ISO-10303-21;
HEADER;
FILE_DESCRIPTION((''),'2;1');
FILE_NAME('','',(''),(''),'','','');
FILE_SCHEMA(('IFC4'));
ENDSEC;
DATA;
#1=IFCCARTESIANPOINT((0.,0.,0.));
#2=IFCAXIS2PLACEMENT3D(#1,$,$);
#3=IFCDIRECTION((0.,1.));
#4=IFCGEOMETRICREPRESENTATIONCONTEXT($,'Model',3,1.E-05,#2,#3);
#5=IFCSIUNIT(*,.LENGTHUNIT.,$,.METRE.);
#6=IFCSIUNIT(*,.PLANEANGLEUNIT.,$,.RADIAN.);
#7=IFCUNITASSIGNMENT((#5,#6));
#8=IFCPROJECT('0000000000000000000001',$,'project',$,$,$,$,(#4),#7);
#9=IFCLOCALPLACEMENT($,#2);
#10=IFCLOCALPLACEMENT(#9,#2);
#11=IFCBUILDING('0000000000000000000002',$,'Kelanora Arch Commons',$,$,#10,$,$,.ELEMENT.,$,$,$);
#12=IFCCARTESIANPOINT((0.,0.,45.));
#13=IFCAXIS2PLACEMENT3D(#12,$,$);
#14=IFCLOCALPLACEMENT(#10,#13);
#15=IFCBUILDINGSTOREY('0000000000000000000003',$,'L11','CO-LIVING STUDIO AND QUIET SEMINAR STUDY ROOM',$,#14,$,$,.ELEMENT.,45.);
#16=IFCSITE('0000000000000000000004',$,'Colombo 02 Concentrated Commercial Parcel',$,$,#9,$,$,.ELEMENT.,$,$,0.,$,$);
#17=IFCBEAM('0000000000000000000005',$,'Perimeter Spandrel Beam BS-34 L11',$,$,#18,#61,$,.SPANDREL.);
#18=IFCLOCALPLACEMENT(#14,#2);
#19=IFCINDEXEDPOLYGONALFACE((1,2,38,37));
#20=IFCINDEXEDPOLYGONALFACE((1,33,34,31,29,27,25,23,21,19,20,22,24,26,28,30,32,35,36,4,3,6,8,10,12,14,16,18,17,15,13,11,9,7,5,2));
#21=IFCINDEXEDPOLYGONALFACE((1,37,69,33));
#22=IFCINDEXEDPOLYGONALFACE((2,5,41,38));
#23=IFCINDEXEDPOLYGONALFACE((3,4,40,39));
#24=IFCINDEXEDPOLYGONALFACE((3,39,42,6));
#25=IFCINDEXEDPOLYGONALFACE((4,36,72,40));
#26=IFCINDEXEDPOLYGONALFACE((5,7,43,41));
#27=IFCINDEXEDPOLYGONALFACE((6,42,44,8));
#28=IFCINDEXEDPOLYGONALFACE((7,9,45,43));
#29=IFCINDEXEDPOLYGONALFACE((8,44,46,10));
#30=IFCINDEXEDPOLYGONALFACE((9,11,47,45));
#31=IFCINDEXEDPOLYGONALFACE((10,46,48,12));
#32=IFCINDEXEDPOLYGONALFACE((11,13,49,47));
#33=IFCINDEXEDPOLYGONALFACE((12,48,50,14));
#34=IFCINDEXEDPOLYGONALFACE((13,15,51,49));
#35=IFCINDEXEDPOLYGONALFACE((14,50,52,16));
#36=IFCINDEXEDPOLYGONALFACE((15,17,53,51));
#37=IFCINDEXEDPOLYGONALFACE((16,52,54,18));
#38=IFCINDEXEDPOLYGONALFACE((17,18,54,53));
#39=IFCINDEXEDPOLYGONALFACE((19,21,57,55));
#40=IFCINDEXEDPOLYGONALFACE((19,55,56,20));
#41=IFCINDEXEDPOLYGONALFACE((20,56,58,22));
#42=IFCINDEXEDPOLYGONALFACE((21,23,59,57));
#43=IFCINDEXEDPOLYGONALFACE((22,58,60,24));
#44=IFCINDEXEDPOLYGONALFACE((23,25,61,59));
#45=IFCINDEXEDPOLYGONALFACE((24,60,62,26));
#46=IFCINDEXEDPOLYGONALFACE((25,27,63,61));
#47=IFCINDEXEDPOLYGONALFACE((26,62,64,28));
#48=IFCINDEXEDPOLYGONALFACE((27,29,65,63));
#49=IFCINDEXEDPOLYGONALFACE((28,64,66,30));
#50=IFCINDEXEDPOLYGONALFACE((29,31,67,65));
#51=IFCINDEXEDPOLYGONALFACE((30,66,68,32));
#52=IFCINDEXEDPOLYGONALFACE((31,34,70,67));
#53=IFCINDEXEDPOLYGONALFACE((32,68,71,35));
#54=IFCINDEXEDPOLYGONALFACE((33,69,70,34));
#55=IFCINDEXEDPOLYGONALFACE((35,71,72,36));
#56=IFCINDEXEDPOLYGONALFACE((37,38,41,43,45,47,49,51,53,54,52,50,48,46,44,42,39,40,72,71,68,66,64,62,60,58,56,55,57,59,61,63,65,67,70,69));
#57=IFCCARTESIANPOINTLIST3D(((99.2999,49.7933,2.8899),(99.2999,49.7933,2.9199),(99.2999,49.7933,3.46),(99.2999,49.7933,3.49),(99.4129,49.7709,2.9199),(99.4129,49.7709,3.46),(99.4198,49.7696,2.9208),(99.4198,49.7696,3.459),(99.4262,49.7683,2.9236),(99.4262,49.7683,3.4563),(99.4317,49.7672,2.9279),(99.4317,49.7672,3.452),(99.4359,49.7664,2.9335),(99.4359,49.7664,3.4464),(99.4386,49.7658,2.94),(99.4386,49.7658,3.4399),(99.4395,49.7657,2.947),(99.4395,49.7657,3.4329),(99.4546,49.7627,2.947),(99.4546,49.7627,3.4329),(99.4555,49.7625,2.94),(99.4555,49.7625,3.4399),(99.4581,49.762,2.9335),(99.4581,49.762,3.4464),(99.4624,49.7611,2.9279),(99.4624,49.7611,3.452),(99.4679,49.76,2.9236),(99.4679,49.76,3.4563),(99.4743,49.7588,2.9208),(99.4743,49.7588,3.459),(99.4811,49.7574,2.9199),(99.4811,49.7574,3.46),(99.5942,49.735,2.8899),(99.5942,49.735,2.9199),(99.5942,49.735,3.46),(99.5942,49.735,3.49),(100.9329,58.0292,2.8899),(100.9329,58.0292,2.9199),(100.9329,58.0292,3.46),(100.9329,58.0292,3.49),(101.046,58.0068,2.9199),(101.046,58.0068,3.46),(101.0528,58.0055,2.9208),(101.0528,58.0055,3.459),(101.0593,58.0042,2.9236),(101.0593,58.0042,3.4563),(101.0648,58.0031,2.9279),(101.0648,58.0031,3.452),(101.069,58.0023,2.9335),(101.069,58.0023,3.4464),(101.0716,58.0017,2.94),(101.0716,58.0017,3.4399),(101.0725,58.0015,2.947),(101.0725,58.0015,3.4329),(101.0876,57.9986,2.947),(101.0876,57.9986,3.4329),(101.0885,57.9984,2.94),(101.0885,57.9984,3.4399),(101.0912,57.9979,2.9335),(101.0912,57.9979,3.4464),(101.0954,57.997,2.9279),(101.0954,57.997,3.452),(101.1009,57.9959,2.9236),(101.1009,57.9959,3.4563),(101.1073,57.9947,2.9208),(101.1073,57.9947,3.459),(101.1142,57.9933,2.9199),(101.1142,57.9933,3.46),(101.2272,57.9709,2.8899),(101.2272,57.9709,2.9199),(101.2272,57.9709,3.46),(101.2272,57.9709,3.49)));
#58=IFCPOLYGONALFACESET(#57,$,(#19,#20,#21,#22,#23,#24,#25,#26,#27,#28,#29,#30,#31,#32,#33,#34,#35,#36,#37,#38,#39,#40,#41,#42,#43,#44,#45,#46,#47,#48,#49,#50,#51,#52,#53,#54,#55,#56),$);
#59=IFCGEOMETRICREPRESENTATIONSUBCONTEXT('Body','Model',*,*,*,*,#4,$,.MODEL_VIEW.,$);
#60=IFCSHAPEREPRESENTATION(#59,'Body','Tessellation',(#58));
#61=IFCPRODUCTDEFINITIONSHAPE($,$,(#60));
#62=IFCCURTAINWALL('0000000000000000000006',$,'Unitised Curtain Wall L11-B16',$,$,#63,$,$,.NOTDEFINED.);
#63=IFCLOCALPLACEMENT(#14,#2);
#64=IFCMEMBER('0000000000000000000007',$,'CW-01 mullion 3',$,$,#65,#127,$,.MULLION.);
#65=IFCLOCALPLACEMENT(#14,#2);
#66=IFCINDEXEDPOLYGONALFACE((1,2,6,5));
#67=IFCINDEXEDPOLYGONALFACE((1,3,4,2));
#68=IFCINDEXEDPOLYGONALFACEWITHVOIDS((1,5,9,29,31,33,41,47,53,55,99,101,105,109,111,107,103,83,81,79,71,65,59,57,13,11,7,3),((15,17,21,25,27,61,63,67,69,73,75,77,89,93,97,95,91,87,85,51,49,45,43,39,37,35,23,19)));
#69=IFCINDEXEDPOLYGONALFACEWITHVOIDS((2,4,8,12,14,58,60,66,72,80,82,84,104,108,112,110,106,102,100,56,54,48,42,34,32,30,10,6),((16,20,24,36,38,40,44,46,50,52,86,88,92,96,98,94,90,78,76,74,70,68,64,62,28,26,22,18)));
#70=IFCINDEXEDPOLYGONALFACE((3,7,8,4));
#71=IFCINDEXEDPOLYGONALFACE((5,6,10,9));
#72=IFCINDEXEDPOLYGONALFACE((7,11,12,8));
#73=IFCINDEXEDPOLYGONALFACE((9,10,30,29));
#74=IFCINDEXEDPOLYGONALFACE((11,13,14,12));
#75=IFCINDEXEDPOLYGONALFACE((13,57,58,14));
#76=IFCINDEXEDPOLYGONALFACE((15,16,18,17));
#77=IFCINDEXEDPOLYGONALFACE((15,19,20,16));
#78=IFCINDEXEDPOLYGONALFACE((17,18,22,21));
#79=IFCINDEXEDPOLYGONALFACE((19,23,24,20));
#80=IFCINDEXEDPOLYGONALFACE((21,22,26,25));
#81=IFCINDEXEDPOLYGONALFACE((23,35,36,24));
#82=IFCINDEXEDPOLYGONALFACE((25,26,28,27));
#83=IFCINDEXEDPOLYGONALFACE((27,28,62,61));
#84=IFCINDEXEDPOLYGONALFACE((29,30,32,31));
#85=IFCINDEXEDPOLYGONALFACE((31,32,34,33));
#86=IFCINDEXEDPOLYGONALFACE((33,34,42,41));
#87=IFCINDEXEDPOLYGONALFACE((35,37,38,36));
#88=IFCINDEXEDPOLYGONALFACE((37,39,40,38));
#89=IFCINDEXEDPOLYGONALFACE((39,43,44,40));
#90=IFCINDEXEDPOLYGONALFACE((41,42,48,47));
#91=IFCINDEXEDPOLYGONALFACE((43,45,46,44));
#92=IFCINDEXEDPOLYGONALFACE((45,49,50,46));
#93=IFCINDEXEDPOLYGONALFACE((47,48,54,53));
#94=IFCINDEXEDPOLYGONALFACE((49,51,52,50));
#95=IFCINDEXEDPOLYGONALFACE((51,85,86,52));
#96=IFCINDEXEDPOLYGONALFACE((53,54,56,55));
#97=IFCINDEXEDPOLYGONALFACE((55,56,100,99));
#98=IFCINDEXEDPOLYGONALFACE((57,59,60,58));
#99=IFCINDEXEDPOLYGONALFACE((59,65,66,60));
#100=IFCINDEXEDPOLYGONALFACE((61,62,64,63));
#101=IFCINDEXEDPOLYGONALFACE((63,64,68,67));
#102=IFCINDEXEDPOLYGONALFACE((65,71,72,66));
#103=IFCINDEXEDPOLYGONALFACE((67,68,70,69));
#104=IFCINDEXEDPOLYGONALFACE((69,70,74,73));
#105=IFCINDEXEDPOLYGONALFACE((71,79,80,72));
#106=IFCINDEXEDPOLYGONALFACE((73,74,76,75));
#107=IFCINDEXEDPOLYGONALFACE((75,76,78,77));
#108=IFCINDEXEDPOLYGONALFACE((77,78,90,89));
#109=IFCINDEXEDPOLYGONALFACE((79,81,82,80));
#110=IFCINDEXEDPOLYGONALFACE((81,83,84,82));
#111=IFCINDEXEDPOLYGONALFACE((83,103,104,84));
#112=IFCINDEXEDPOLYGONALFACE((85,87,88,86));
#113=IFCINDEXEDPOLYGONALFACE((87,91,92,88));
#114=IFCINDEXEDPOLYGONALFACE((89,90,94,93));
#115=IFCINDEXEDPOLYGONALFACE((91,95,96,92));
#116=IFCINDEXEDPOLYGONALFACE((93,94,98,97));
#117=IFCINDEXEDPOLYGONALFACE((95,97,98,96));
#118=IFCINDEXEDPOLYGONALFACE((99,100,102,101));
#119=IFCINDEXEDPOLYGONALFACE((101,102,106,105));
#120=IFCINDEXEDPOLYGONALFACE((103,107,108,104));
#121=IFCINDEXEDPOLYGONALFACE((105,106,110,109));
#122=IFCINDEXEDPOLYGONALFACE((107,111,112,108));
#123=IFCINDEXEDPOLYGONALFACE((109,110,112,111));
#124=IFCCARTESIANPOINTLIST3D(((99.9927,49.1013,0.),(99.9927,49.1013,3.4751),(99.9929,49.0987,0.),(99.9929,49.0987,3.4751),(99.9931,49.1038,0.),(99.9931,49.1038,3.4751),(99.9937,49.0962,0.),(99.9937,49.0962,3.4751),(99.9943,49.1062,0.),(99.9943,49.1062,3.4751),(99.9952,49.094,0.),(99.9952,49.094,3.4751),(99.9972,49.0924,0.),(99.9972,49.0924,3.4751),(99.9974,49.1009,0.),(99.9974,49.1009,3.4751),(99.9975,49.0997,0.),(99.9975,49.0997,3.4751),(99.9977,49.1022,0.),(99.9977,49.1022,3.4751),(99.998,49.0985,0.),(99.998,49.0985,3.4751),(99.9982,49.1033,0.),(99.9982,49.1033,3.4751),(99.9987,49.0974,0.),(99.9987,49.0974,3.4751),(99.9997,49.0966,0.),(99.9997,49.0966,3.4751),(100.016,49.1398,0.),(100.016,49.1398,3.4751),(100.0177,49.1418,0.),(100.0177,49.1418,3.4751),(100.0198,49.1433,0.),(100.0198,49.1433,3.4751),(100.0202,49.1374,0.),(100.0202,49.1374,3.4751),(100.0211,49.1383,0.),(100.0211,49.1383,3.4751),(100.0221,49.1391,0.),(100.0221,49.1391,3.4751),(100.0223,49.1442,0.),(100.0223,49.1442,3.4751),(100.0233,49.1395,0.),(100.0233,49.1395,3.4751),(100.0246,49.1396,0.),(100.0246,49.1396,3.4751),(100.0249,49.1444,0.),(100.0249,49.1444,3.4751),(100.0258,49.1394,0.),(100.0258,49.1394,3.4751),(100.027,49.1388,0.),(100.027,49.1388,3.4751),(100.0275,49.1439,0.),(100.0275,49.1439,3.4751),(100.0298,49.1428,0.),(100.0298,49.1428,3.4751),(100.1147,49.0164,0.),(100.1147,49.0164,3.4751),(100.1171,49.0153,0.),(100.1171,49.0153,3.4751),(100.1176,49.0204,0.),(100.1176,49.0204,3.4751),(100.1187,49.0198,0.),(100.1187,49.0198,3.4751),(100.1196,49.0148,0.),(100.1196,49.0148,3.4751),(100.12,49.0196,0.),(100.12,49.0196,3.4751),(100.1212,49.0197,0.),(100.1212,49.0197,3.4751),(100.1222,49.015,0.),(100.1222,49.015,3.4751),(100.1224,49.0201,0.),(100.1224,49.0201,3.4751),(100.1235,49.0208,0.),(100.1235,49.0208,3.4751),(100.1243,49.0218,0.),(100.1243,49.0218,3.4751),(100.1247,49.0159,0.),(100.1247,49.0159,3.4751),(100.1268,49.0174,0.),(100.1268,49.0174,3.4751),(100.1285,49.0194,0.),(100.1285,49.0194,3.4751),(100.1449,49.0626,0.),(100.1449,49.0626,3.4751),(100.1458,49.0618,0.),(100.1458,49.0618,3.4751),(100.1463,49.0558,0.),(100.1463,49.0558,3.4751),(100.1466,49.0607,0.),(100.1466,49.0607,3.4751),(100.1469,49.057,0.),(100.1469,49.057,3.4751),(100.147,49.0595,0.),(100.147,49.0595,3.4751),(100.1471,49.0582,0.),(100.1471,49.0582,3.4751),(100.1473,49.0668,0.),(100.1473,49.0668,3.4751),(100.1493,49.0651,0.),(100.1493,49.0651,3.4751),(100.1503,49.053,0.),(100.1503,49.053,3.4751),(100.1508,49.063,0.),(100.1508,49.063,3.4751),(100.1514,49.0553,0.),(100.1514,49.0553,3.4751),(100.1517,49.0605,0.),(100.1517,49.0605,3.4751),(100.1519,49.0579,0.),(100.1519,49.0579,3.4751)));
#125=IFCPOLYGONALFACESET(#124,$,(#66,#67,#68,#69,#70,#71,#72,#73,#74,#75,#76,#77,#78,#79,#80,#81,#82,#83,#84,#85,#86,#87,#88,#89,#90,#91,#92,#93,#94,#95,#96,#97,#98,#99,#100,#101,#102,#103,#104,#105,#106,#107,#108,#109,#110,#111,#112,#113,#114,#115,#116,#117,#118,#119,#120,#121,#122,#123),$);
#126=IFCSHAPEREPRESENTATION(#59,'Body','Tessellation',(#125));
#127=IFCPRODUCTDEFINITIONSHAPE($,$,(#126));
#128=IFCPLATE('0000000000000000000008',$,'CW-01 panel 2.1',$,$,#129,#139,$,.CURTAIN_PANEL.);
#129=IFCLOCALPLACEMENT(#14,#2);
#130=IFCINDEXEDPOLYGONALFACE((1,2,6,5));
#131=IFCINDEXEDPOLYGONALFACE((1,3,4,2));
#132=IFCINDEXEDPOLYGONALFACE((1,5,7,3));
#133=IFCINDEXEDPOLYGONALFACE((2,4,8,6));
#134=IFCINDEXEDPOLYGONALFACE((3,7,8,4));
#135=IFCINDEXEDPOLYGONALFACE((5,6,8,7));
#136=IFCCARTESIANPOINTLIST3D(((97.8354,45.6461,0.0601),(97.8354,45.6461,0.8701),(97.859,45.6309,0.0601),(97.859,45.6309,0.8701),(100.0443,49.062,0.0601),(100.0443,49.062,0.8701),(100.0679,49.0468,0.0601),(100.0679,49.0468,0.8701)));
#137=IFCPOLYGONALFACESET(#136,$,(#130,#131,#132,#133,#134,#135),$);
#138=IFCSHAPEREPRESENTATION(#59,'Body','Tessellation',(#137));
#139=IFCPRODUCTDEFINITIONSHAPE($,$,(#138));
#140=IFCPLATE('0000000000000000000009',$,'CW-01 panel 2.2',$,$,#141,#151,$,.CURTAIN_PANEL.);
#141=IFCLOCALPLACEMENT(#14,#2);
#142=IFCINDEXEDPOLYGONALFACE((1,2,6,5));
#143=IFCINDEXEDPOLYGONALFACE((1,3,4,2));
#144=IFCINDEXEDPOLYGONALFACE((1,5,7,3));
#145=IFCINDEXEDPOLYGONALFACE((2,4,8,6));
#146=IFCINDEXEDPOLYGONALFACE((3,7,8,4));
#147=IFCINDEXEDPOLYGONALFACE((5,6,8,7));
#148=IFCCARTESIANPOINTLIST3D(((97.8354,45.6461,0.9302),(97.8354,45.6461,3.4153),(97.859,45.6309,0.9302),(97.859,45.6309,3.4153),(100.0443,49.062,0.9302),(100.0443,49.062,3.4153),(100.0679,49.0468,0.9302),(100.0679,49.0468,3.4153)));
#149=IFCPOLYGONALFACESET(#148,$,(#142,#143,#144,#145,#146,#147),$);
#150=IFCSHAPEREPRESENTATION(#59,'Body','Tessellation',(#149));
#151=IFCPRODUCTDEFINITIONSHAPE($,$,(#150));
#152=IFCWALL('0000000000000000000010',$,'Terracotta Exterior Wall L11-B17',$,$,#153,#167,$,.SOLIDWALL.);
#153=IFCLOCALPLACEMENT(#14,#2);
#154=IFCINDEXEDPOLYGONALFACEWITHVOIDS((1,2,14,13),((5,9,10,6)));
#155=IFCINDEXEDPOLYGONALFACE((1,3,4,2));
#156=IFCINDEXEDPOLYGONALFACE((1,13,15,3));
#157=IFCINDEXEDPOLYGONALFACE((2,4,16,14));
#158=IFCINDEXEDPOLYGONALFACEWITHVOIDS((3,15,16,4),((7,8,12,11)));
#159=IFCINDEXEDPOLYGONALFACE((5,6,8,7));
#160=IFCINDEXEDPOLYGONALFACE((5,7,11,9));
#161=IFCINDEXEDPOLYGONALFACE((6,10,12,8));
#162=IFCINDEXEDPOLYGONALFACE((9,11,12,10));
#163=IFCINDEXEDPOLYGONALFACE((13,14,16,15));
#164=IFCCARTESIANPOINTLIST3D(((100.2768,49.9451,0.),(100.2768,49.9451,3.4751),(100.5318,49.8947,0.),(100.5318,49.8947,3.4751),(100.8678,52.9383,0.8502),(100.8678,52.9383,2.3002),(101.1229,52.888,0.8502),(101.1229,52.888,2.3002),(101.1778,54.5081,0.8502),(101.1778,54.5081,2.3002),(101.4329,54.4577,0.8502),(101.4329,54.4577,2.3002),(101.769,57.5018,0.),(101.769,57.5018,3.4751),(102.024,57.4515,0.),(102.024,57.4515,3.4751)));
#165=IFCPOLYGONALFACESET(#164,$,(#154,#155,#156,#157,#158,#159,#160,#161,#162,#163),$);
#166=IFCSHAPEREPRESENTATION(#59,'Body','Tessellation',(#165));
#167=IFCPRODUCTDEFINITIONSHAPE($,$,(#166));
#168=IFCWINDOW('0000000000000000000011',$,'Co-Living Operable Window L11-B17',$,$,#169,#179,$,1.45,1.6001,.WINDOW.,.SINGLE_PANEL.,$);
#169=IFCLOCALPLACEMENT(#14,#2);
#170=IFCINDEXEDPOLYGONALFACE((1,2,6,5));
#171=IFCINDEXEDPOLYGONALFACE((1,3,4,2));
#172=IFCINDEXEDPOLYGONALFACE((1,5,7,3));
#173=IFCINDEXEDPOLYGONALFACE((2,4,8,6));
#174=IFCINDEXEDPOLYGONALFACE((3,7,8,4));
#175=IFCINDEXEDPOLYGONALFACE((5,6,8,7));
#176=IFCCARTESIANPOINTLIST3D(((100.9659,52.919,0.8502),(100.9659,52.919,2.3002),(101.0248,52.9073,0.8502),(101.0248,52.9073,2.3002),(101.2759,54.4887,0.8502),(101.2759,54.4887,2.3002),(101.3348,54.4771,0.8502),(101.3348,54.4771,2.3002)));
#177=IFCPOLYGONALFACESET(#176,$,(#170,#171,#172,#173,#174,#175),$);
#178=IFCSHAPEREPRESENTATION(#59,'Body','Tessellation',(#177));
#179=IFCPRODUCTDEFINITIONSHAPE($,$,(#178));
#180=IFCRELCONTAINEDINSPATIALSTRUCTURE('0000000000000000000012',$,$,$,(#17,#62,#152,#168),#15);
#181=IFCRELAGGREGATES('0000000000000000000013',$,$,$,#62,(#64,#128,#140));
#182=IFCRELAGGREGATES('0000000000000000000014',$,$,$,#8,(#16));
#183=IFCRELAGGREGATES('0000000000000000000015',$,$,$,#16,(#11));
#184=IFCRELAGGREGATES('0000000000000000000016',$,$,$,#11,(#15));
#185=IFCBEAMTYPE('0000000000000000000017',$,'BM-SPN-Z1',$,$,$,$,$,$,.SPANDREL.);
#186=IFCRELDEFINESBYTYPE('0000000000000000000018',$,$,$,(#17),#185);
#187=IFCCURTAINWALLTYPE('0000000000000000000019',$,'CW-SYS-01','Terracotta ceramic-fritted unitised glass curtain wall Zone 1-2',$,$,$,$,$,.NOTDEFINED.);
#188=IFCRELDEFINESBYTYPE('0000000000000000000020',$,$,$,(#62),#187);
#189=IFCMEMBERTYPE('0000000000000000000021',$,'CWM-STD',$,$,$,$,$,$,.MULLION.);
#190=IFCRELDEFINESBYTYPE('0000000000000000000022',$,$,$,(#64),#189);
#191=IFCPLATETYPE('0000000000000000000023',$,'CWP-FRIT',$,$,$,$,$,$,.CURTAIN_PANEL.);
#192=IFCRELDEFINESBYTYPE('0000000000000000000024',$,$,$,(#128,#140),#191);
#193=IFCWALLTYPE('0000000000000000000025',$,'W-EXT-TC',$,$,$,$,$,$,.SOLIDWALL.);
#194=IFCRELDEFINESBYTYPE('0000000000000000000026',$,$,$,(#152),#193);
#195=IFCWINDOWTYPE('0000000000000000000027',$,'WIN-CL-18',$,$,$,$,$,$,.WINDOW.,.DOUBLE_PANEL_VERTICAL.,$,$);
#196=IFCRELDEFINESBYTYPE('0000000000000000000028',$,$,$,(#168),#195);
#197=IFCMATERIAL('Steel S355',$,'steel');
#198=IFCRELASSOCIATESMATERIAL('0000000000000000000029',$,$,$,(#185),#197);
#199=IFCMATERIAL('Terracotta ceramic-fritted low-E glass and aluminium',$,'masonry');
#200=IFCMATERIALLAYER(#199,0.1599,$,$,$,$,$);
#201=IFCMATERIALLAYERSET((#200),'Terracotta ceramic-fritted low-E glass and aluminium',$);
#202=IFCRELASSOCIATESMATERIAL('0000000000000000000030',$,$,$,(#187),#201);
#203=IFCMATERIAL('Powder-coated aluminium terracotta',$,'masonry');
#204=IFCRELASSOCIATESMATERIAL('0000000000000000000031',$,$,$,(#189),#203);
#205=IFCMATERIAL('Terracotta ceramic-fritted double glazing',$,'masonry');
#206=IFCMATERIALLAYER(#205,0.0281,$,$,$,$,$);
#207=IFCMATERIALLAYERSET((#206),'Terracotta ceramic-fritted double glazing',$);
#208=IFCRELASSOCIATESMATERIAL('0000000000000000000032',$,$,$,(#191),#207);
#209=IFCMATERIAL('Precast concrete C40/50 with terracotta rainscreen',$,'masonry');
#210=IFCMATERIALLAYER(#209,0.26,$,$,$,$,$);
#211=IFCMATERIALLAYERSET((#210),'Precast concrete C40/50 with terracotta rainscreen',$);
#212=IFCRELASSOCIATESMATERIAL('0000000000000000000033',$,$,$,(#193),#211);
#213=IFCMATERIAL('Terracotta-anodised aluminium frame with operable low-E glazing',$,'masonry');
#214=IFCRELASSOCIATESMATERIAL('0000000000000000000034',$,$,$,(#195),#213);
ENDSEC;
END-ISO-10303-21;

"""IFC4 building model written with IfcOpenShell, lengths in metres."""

from ifc_helpers import new_model, si_unit, direction, frame, frame_2d, origin, origin_2d, place, context, subcontext, project, spatial, rectangle, hollow_rectangle, i_section, extrude, source, transform, mapped, material, layer, layer_set, material_profile, profile_set, type_object, element, fill, aggregate, save


model = new_model("IFC4")

# Units and contexts
model_context = context("Model", 3, precision=1e-05, world=origin(), true_north=direction((0.0, 1.0)))
body_context = subcontext(model_context, "Body", "Model", "MODEL_VIEW")
ifc_project = project(units=[si_unit("LENGTHUNIT", "METRE"), si_unit("PLANEANGLEUNIT", "RADIAN")], contexts=[model_context])

# Site, building, storey
site_placement = place(None, origin())
site = spatial("IfcSite", under=ifc_project, at=site_placement, Name="Colombo 02 Concentrated Commercial Parcel", CompositionType="ELEMENT", RefElevation=0.0)
building_placement = place(site_placement, origin())
building = spatial("IfcBuilding", under=site, at=building_placement, Name="Kelanora Arch Commons", CompositionType="ELEMENT")
storey_placement = place(building_placement, frame((0.0, 0.0, 45.0)))
storey = spatial("IfcBuildingStorey", under=building, at=storey_placement, Name="L11", Description="CO-LIVING STUDIO AND QUIET SEMINAR STUDY ROOM", CompositionType="ELEMENT", Elevation=45.0)

# Beam
ifc_material_1 = material(Name="Steel S355", Category="steel")
ifc_material_profile_1 = material_profile(ifc_material_1, i_section(OverallWidth=0.3, OverallDepth=0.6001, WebThickness=0.0154, FlangeThickness=0.03, FilletRadius=0.0271, at=origin_2d()), Name="HEB600")
ifc_profile_set_1 = profile_set([ifc_material_profile_1], Name="Steel S355")
beam_type_1 = type_object("IfcBeamType", Name="BM-SPN-Z1", PredefinedType="SPANDREL", material=ifc_profile_set_1)
beam_1_placement = place(storey_placement, frame((99.447, 49.7642, 3.1899), z_axis=(0.1945, 0.980903, 0.0), x_axis=(-0.980903, 0.1945, 0.0)))
element("IfcBeam", 1, at=beam_1_placement, inside=storey, type_object=beam_type_1, Name="Perimeter Spandrel Beam BS-34 L11", PredefinedType="SPANDREL", context=body_context, shape_type="SweptSolid", body=[
    extrude(i_section(OverallWidth=0.3, OverallDepth=0.6001, WebThickness=0.0154, FlangeThickness=0.03, FilletRadius=0.0271, at=origin_2d()), origin(), (0.0, 0.0, 1.0), 8.3962),
])

# Curtain wall, member, plates
ifc_material_2 = material(Name="Terracotta ceramic-fritted low-E glass and aluminium", Category="masonry")
ifc_layer_1 = layer(ifc_material_2, 0.1599)
ifc_layer_set_1 = layer_set([ifc_layer_1], Name="Terracotta ceramic-fritted low-E glass and aluminium")
curtain_wall_type = type_object("IfcCurtainWallType", Name="CW-SYS-01", Description="Terracotta ceramic-fritted unitised glass curtain wall Zone 1-2", PredefinedType="NOTDEFINED", material=ifc_layer_set_1)
curtain_wall_placement = place(storey_placement, origin())
curtain_wall = element("IfcCurtainWall", 2, at=curtain_wall_placement, inside=storey, type_object=curtain_wall_type, Name="Unitised Curtain Wall L11-B16", PredefinedType="NOTDEFINED")
ifc_material_3 = material(Name="Powder-coated aluminium terracotta", Category="masonry")
ifc_material_profile_2 = material_profile(ifc_material_3, hollow_rectangle(XDim=0.1599, YDim=0.0601, WallThickness=0.0049, InnerFilletRadius=0.0049, OuterFilletRadius=0.01, at=origin_2d()), Name="CWM160x60")
ifc_profile_set_2 = profile_set([ifc_material_profile_2], Name="Powder-coated aluminium terracotta")
member_type = type_object("IfcMemberType", Name="CWM-STD", PredefinedType="MULLION", material=ifc_profile_set_2)
member_placement = place(storey_placement, frame((100.0723, 49.0796, 0.0), z_axis=(0.0, 0.0, 1.0), x_axis=(-0.83973, 0.543004, 0.0)))
member = element("IfcMember", 3, at=member_placement, type_object=member_type, Name="CW-01 mullion 3", PredefinedType="MULLION", context=body_context, shape_type="SweptSolid", body=[
    extrude(hollow_rectangle(XDim=0.1599, YDim=0.0601, WallThickness=0.0049, InnerFilletRadius=0.0049, OuterFilletRadius=0.01, at=origin_2d()), origin(), (0.0, 0.0, 1.0), 3.4751),
])
ifc_material_4 = material(Name="Terracotta ceramic-fritted double glazing", Category="masonry")
ifc_layer_2 = layer(ifc_material_4, 0.0281)
ifc_layer_set_2 = layer_set([ifc_layer_2], Name="Terracotta ceramic-fritted double glazing")
plate_type = type_object("IfcPlateType", Name="CWP-FRIT", PredefinedType="CURTAIN_PANEL", material=ifc_layer_set_2)
shared_shape_1 = source(origin(), body_context, "Body", "SweptSolid", [
    extrude(rectangle(XDim=4.0679, YDim=0.0281, at=origin_2d()), origin(), (0.0, 0.0, 1.0), 0.8101),
])
plate_1_placement = place(storey_placement, frame((98.9517, 47.3464, 0.0601), z_axis=(0.0, 0.0, 1.0), x_axis=(0.543004, 0.83973, 0.0)))
plate_1 = element("IfcPlate", 4, at=plate_1_placement, type_object=plate_type, Name="CW-01 panel 2.1", PredefinedType="CURTAIN_PANEL", context=body_context, shape_type="MappedRepresentation", body=[
    mapped(shared_shape_1, transform((0.0, 0.0, 0.0), scale=1.0)),
])
shared_shape_2 = source(origin(), body_context, "Body", "SweptSolid", [
    extrude(rectangle(XDim=4.0679, YDim=0.0281, at=origin_2d()), origin(), (0.0, 0.0, 1.0), 2.4851),
])
plate_2_placement = place(storey_placement, frame((98.9517, 47.3464, 0.9302), z_axis=(0.0, 0.0, 1.0), x_axis=(0.543004, 0.83973, 0.0)))
plate_2 = element("IfcPlate", 5, at=plate_2_placement, type_object=plate_type, Name="CW-01 panel 2.2", PredefinedType="CURTAIN_PANEL", context=body_context, shape_type="MappedRepresentation", body=[
    mapped(shared_shape_2, transform((0.0, 0.0, 0.0), scale=1.0)),
])
aggregate(curtain_wall, [member, plate_1, plate_2])

# Wall, opening, window
ifc_material_5 = material(Name="Precast concrete C40/50 with terracotta rainscreen", Category="masonry")
ifc_layer_3 = layer(ifc_material_5, 0.26)
ifc_layer_set_3 = layer_set([ifc_layer_3], Name="Precast concrete C40/50 with terracotta rainscreen")
wall_type_1 = type_object("IfcWallType", Name="W-EXT-TC", PredefinedType="SOLIDWALL", material=ifc_layer_set_3)
wall_1_placement = place(storey_placement, frame((100.4043, 49.9199, 0.0), z_axis=(0.0, 0.0, 1.0), x_axis=(0.193726, 0.981056, 0.0)))
wall_1 = element("IfcWall", 6, at=wall_1_placement, inside=storey, type_object=wall_type_1, Name="Terracotta Exterior Wall L11-B17", PredefinedType="SOLIDWALL", context=body_context, shape_type="SweptSolid", body=[
    extrude(rectangle(XDim=7.7026, YDim=0.26, at=frame_2d((3.8513, 0.0))), origin(), (0.0, 0.0, 1.0), 3.4751),
])
opening_1_placement = place(wall_1_placement, frame((3.051, 0.0, 0.8501)))
opening_1 = element("IfcOpeningElement", 7, at=opening_1_placement, cuts=wall_1, PredefinedType="OPENING", context=body_context, shape_type="SweptSolid", body=[
    extrude(rectangle(XDim=1.6001, YDim=1.45, at=frame_2d((0.8, 0.7251))), frame((0.0, 0.1401, 0.0), z_axis=(0.0, -1.0, 0.0), x_axis=(1.0, 0.0, 0.0)), (0.0, 0.0, 1.0), 0.28),
])
ifc_material_6 = material(Name="Terracotta-anodised aluminium frame with operable low-E glazing", Category="masonry")
window_type = type_object("IfcWindowType", Name="WIN-CL-18", PartitioningType="DOUBLE_PANEL_VERTICAL", PredefinedType="WINDOW", material=ifc_material_6)
window_placement = place(opening_1_placement, origin())
window = element("IfcWindow", 8, at=window_placement, inside=storey, type_object=window_type, Name="Co-Living Operable Window L11-B17", OverallHeight=1.45, OverallWidth=1.6001, PartitioningType="SINGLE_PANEL", PredefinedType="WINDOW", context=body_context, shape_type="SweptSolid", body=[
    extrude(rectangle(XDim=1.6001, YDim=1.45, at=frame_2d((0.8, 0.7251))), frame((0.0, 0.03, 0.0), z_axis=(0.0, -1.0, 0.0), x_axis=(1.0, 0.0, 0.0)), (0.0, 0.0, 1.0), 0.0601),
])
fill(opening_1, window)

save(model, "model.ifc")
